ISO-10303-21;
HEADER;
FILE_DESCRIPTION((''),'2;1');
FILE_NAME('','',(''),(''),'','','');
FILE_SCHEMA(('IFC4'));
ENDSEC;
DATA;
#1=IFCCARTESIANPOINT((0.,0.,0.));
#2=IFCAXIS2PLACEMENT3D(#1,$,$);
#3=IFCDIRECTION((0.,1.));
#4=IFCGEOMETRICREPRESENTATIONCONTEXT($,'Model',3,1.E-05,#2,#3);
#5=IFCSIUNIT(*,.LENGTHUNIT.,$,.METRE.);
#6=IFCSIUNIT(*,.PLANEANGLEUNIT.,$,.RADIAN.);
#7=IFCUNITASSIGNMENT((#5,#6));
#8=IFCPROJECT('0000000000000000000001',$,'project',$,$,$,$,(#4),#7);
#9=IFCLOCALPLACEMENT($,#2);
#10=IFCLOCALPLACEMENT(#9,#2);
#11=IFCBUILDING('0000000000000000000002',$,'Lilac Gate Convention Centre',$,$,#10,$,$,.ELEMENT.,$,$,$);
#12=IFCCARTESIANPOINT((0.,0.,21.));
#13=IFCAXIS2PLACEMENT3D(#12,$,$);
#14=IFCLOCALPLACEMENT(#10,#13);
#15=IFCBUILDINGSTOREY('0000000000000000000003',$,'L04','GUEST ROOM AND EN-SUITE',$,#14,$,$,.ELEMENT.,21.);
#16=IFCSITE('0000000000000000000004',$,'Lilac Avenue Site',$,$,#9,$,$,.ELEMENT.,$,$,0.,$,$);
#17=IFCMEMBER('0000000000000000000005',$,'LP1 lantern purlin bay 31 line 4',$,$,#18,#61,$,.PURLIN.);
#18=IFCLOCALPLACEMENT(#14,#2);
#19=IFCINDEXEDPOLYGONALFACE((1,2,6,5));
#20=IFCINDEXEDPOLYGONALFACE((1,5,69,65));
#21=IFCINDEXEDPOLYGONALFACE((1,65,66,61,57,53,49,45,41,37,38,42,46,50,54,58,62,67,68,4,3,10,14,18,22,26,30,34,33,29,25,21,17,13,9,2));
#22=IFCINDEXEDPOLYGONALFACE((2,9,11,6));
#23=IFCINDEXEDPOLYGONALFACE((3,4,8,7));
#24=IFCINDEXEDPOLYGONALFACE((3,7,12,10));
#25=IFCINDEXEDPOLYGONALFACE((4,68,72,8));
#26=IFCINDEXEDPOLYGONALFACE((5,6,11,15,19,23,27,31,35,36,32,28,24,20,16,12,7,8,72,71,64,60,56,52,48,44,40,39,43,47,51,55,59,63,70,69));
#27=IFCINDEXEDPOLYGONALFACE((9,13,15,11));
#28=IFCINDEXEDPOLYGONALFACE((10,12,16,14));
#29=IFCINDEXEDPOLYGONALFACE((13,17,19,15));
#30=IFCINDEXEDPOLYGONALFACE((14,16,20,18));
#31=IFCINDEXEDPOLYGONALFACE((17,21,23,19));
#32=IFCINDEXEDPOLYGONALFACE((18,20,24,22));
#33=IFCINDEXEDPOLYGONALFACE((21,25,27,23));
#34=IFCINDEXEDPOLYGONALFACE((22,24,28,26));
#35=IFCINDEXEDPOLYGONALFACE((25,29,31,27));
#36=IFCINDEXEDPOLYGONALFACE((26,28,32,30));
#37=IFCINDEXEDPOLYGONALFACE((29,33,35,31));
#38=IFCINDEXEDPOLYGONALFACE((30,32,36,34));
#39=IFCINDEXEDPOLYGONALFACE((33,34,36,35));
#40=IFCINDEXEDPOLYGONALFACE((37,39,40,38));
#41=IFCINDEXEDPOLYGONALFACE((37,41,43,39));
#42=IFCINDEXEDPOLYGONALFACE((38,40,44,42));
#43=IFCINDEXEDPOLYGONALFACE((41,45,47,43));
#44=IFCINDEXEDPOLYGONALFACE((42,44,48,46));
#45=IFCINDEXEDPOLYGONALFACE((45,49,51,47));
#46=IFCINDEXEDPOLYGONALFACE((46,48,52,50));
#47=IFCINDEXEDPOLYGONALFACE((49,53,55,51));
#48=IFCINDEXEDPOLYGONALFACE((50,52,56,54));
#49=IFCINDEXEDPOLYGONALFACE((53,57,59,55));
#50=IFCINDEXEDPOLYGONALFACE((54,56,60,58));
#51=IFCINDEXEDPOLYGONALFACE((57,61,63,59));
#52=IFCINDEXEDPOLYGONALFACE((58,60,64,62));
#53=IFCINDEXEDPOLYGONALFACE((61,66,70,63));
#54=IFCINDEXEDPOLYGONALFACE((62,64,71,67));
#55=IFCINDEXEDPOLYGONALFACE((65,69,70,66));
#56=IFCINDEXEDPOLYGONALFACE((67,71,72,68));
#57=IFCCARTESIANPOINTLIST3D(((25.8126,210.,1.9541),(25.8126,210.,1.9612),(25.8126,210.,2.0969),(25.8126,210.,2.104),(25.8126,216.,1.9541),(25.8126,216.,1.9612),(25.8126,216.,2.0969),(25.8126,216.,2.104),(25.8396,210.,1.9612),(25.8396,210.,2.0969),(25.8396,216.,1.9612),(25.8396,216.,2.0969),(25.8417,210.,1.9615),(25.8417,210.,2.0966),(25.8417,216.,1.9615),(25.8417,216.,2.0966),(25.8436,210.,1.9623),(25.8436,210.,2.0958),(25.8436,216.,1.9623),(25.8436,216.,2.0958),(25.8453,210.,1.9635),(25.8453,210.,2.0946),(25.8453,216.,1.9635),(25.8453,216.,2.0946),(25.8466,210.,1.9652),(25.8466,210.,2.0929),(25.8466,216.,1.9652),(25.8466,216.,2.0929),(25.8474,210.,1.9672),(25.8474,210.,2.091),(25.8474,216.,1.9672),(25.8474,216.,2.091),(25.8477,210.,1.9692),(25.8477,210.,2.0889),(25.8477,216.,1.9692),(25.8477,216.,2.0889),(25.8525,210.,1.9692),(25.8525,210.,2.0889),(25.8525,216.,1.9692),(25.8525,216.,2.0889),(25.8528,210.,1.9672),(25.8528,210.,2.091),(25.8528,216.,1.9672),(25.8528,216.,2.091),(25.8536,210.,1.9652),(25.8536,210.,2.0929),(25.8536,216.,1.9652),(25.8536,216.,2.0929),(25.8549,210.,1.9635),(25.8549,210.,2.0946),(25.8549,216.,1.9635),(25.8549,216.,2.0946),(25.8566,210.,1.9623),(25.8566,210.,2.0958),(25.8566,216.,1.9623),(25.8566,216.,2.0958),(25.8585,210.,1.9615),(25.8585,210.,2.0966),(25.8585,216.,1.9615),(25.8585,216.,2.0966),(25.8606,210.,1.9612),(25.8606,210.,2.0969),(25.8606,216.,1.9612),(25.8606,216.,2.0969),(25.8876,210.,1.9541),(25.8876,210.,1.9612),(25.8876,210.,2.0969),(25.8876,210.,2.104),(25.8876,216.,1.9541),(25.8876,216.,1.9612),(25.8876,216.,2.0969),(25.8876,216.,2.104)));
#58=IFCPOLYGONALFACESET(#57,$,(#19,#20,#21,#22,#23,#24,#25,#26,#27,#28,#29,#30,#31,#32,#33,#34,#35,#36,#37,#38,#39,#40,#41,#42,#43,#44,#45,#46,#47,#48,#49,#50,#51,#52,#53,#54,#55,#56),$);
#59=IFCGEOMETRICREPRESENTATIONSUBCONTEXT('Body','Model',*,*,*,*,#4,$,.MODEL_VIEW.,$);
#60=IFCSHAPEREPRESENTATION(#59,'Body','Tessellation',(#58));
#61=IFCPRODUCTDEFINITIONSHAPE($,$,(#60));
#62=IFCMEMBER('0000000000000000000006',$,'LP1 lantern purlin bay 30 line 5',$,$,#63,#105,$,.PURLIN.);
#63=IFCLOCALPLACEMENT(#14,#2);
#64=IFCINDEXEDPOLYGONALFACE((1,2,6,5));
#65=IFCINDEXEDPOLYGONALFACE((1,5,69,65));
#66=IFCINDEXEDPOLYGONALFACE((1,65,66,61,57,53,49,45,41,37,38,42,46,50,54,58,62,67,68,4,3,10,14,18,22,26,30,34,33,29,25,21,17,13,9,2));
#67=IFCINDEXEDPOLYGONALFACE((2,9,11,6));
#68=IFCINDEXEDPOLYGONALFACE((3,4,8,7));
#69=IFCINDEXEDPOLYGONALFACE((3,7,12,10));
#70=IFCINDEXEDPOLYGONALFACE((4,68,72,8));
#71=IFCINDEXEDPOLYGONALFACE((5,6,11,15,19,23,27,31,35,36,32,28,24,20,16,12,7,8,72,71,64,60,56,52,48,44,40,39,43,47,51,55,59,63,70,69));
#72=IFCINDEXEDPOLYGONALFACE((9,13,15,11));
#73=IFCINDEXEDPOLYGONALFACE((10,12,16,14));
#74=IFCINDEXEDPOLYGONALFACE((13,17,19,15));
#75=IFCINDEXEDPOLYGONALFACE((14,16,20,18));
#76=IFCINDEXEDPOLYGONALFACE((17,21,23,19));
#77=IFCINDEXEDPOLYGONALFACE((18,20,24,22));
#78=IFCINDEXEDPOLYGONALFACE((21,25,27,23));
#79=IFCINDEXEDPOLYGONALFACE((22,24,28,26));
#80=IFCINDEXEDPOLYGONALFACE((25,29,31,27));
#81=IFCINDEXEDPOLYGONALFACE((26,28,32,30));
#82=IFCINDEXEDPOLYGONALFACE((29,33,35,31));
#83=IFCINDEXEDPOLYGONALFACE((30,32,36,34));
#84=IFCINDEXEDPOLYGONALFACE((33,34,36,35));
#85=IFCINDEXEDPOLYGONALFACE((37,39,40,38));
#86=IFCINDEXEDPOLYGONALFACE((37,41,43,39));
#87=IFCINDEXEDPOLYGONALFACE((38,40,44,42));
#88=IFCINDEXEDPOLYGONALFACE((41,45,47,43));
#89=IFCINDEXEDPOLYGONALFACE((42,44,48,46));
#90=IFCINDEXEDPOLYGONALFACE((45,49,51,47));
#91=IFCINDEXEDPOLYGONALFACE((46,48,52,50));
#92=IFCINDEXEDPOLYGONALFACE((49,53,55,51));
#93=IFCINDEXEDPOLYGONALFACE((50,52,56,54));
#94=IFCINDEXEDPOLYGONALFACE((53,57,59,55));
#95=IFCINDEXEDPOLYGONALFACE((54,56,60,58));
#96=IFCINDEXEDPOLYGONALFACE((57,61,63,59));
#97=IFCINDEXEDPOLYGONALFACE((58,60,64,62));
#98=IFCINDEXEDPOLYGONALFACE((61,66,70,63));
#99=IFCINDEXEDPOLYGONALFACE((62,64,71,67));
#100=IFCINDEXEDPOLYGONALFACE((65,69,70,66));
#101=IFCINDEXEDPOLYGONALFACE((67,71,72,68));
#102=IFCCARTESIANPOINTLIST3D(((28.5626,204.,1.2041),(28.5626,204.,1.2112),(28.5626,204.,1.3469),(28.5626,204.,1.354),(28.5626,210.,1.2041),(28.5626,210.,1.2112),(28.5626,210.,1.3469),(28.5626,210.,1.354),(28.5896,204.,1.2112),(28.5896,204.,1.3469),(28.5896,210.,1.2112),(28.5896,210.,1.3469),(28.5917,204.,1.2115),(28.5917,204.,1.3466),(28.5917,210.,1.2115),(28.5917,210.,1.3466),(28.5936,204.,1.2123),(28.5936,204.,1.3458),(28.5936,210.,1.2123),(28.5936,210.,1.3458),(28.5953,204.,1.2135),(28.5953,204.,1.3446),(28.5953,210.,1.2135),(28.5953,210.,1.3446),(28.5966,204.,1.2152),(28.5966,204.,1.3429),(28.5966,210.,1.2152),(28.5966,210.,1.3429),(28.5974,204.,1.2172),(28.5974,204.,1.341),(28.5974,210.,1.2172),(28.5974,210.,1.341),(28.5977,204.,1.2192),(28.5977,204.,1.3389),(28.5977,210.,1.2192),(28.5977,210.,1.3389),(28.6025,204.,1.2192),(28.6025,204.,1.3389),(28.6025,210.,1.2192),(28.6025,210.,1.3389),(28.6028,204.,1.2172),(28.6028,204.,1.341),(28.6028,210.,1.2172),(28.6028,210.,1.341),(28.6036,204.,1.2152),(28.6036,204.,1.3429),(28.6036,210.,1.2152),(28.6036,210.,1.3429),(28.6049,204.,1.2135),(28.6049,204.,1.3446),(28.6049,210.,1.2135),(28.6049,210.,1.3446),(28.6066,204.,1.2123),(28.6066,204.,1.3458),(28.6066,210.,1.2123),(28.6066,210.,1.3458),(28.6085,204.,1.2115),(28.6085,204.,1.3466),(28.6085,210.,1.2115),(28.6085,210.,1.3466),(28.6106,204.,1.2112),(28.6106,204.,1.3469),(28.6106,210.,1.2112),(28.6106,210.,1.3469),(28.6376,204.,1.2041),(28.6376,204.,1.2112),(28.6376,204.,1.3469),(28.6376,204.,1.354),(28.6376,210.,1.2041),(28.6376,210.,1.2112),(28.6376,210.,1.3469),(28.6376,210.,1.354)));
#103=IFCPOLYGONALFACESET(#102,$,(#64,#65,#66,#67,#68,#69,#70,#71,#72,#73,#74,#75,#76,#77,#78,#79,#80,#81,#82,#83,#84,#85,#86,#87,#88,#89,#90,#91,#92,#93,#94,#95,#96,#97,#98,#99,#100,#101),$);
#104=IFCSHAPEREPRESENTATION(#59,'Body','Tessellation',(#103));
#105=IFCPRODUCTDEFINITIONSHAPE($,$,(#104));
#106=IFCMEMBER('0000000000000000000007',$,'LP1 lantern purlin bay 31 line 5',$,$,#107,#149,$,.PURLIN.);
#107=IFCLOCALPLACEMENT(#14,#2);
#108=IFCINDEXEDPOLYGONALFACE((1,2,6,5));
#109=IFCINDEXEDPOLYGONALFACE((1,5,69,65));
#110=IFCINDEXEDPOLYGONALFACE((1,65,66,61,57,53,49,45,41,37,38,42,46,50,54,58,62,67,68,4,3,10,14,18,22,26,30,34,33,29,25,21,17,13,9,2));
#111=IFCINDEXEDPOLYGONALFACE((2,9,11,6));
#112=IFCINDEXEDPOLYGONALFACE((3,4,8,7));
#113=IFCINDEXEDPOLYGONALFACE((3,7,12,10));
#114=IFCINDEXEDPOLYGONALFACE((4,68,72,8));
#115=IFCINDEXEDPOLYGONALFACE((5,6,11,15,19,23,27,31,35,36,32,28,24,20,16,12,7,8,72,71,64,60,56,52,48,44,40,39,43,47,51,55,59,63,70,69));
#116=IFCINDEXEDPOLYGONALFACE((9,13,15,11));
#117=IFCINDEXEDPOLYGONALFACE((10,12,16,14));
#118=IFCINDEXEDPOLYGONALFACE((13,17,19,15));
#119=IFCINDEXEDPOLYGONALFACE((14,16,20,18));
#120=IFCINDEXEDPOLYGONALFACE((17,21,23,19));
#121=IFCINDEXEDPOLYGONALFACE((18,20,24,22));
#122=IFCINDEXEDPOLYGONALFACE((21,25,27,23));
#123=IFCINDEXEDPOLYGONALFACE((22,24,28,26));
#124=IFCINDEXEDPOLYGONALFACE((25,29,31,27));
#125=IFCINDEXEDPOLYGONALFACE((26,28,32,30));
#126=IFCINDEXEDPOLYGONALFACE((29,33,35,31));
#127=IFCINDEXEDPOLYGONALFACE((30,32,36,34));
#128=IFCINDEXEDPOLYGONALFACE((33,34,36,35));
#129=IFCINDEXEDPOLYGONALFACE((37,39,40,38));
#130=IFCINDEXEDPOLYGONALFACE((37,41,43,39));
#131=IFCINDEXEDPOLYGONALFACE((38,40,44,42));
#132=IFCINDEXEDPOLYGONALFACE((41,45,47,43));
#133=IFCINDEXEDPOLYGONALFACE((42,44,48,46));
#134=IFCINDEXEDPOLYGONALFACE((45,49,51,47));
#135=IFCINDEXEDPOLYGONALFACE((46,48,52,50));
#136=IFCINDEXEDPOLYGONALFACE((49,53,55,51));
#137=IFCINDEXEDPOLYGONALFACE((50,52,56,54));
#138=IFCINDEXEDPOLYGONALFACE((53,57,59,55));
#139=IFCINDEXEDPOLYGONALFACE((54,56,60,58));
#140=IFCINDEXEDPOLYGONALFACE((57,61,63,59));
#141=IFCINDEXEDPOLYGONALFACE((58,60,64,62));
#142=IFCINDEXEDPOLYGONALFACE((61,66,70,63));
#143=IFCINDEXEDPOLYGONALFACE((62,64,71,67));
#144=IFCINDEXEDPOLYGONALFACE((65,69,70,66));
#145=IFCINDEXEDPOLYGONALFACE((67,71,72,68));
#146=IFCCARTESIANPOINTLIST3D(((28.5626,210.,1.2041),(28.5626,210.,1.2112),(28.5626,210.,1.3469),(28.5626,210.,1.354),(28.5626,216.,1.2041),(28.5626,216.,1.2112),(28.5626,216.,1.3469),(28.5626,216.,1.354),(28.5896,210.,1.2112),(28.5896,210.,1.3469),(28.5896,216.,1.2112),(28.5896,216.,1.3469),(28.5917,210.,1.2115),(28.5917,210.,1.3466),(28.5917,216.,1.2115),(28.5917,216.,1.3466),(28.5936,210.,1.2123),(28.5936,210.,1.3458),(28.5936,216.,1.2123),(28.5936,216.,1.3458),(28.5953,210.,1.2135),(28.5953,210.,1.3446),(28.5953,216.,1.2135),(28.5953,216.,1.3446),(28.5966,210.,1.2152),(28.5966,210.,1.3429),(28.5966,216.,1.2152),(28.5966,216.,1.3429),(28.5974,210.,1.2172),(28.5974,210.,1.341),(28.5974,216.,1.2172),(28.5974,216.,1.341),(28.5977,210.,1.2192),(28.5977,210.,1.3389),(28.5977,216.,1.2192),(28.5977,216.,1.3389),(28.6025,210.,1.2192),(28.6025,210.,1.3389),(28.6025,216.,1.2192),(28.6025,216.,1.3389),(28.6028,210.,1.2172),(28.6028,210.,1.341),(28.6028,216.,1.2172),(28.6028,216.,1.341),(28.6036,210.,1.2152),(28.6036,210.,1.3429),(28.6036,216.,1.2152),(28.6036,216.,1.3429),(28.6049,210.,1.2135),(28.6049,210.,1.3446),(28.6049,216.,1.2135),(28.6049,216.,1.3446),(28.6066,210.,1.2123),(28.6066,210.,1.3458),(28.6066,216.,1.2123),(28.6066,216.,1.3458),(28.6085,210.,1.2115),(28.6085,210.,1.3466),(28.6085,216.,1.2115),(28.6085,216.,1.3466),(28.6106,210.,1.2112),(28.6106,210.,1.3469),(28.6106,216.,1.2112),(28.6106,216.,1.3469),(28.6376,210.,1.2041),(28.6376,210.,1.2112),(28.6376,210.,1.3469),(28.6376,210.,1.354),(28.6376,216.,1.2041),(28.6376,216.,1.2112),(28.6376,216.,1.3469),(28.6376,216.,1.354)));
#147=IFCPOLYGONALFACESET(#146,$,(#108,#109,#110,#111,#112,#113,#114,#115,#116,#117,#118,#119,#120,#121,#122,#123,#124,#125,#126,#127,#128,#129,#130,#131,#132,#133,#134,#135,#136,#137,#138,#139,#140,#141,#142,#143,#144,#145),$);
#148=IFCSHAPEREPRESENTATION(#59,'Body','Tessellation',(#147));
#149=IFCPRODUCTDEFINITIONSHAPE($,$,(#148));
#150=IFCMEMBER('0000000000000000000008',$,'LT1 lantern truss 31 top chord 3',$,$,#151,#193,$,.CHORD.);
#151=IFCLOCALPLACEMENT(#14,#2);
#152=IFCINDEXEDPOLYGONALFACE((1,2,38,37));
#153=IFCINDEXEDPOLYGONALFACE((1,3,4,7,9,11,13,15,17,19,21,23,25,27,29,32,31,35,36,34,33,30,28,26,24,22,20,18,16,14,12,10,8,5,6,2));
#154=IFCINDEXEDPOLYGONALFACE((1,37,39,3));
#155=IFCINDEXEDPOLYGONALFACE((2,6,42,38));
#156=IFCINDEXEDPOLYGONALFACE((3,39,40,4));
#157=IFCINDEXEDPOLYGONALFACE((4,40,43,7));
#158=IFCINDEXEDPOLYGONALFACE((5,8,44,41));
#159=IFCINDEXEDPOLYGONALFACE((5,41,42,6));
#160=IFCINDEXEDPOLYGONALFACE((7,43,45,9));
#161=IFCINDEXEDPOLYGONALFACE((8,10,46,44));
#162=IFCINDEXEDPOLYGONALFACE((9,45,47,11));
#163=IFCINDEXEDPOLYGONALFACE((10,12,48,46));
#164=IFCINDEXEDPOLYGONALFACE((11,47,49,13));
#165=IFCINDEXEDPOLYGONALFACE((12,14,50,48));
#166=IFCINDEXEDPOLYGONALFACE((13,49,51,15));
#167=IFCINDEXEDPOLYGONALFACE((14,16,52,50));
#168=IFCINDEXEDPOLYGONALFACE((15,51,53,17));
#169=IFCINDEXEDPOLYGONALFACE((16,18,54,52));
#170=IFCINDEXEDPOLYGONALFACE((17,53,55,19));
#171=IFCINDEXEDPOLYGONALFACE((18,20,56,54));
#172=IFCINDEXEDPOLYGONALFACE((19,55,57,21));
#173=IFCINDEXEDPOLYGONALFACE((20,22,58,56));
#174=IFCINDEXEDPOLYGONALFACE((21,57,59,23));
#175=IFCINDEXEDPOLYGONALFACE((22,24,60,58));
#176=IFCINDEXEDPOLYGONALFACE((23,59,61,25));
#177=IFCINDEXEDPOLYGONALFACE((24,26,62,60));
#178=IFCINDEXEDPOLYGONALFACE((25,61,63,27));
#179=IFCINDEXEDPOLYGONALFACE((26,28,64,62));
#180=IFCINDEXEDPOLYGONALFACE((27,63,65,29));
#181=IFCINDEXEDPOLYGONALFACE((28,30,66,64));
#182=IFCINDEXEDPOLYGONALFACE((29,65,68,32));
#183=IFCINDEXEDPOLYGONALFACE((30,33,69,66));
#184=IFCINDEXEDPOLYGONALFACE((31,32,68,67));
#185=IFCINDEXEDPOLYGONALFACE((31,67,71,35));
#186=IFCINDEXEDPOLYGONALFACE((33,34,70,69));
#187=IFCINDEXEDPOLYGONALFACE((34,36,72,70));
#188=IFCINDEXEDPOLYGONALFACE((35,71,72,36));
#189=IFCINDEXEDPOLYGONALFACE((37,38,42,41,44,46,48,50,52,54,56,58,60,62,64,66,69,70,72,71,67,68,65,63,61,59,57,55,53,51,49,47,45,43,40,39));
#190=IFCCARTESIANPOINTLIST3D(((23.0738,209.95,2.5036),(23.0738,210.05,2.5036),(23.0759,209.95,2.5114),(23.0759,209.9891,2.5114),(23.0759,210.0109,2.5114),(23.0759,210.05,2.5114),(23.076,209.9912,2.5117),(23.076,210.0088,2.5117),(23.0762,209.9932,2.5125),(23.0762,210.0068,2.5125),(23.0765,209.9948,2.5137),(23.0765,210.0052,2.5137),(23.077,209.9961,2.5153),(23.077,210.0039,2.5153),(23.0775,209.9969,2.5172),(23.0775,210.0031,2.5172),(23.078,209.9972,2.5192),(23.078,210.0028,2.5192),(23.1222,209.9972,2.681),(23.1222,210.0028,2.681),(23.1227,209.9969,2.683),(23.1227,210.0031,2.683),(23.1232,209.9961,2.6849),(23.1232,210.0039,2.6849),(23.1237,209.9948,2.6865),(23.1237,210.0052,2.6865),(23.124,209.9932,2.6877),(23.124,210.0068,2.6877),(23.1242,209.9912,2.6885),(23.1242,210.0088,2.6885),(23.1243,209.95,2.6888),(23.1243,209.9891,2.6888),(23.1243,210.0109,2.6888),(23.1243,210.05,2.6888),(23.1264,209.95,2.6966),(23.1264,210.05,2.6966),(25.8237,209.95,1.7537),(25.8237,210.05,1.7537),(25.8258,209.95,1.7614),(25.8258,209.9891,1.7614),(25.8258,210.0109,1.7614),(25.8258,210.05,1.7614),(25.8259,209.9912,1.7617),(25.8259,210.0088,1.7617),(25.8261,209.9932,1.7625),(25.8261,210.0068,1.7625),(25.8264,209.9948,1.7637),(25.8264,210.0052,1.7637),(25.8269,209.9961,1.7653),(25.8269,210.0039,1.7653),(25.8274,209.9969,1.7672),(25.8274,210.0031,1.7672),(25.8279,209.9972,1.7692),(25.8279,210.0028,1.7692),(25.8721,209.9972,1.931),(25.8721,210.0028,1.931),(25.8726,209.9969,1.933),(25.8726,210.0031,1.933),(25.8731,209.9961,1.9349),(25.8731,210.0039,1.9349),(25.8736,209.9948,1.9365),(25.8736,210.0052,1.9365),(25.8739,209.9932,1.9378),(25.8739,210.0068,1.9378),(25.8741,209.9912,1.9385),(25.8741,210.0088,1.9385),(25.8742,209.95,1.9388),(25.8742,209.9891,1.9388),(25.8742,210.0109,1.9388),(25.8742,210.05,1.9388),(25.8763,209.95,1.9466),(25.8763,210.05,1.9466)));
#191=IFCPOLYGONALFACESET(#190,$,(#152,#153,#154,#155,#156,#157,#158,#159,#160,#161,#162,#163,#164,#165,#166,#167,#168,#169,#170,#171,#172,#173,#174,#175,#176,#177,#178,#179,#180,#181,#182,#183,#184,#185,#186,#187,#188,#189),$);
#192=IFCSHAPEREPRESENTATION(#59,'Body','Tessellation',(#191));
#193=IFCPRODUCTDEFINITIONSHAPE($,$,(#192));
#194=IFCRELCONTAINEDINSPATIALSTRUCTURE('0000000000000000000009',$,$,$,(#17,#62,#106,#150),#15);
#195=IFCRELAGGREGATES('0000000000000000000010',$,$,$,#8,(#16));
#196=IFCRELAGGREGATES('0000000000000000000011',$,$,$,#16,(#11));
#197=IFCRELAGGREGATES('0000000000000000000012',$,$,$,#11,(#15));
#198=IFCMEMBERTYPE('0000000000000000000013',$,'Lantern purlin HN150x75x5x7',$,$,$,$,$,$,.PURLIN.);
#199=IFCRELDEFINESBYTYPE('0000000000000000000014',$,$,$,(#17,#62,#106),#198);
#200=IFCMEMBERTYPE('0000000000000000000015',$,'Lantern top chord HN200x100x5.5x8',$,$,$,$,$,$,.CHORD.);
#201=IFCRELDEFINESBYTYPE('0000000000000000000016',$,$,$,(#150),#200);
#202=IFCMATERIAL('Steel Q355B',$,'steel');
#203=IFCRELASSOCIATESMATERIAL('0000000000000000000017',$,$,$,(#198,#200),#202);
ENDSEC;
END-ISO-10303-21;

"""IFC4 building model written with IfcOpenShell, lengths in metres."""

from ifc_helpers import new_model, si_unit, direction, frame, origin, origin_2d, place, context, subcontext, project, spatial, i_section, extrude, material, material_profile, profile_set, type_object, element, save


model = new_model("IFC4")

# Units and contexts
model_context = context("Model", 3, precision=1e-05, world=origin(), true_north=direction((0.0, 1.0)))
body_context = subcontext(model_context, "Body", "Model", "MODEL_VIEW")
ifc_project = project(units=[si_unit("LENGTHUNIT", "METRE"), si_unit("PLANEANGLEUNIT", "RADIAN")], contexts=[model_context])

# Site, building, storey
site_placement = place(None, origin())
site = spatial("IfcSite", under=ifc_project, at=site_placement, Name="Lilac Avenue Site", CompositionType="ELEMENT", RefElevation=0.0)
building_placement = place(site_placement, origin())
building = spatial("IfcBuilding", under=site, at=building_placement, Name="Lilac Gate Convention Centre", CompositionType="ELEMENT")
storey_placement = place(building_placement, frame((0.0, 0.0, 21.0)))
storey = spatial("IfcBuildingStorey", under=building, at=storey_placement, Name="L04", Description="GUEST ROOM AND EN-SUITE", CompositionType="ELEMENT", Elevation=21.0)

# Members
ifc_material_1 = material(Name="Steel Q355B", Category="steel")
ifc_material_profile_1 = material_profile(ifc_material_1, i_section(OverallWidth=0.075, OverallDepth=0.1499, WebThickness=0.0049, FlangeThickness=0.0071, FilletRadius=0.0081, at=origin_2d()), Name="HN150x75x5x7")
ifc_profile_set_1 = profile_set([ifc_material_profile_1], Name="Steel Q355B")
member_type_1 = type_object("IfcMemberType", Name="Lantern purlin HN150x75x5x7", PredefinedType="PURLIN", material=ifc_profile_set_1)
for number, where, z_axis, x_axis, name in (
    (1, (25.8501, 210.0, 2.0291), (0.0, 1.0, 0.0), (-1.0, 0.0, 0.0), "LP1 lantern purlin bay 31 line 4"),
    (2, (28.6001, 204.0, 1.2791), (0.0, 1.0, 0.0), (-1.0, 0.0, 0.0), "LP1 lantern purlin bay 30 line 5"),
    (3, (28.6001, 210.0, 1.2791), (0.0, 1.0, 0.0), (-1.0, 0.0, 0.0), "LP1 lantern purlin bay 31 line 5"),
):
    element("IfcMember", number, at=place(storey_placement, frame(where, z_axis=z_axis, x_axis=x_axis)), inside=storey, type_object=member_type_1, Name=name, PredefinedType="PURLIN", context=body_context, shape_type="SweptSolid", body=[
        extrude(i_section(OverallWidth=0.075, OverallDepth=0.1499, WebThickness=0.0049, FlangeThickness=0.0071, FilletRadius=0.0081, at=origin_2d()), origin(), (0.0, 0.0, 1.0), 6.0),
    ])
ifc_material_profile_2 = material_profile(ifc_material_1, i_section(OverallWidth=0.1001, OverallDepth=0.2, WebThickness=0.0056, FlangeThickness=0.0081, FilletRadius=0.0081, at=origin_2d()), Name="HN200x100x5.5x8")
ifc_profile_set_2 = profile_set([ifc_material_profile_2], Name="Steel Q355B")
member_type_2 = type_object("IfcMemberType", Name="Lantern top chord HN200x100x5.5x8", PredefinedType="CHORD", material=ifc_profile_set_2)
for number, where, z_axis, x_axis, name in (
    (4, (23.1001, 210.0, 2.6001), (0.964764, 0.0, -0.263117), (0.0, 1.0, 0.0), "LT1 lantern truss 31 top chord 3"),
):
    element("IfcMember", number, at=place(storey_placement, frame(where, z_axis=z_axis, x_axis=x_axis)), inside=storey, type_object=member_type_2, Name=name, PredefinedType="CHORD", context=body_context, shape_type="SweptSolid", body=[
        extrude(i_section(OverallWidth=0.1001, OverallDepth=0.2, WebThickness=0.0056, FlangeThickness=0.0081, FilletRadius=0.0081, at=origin_2d()), origin(), (0.0, 0.0, 1.0), 2.8503),
    ])

save(model, "model.ifc")
